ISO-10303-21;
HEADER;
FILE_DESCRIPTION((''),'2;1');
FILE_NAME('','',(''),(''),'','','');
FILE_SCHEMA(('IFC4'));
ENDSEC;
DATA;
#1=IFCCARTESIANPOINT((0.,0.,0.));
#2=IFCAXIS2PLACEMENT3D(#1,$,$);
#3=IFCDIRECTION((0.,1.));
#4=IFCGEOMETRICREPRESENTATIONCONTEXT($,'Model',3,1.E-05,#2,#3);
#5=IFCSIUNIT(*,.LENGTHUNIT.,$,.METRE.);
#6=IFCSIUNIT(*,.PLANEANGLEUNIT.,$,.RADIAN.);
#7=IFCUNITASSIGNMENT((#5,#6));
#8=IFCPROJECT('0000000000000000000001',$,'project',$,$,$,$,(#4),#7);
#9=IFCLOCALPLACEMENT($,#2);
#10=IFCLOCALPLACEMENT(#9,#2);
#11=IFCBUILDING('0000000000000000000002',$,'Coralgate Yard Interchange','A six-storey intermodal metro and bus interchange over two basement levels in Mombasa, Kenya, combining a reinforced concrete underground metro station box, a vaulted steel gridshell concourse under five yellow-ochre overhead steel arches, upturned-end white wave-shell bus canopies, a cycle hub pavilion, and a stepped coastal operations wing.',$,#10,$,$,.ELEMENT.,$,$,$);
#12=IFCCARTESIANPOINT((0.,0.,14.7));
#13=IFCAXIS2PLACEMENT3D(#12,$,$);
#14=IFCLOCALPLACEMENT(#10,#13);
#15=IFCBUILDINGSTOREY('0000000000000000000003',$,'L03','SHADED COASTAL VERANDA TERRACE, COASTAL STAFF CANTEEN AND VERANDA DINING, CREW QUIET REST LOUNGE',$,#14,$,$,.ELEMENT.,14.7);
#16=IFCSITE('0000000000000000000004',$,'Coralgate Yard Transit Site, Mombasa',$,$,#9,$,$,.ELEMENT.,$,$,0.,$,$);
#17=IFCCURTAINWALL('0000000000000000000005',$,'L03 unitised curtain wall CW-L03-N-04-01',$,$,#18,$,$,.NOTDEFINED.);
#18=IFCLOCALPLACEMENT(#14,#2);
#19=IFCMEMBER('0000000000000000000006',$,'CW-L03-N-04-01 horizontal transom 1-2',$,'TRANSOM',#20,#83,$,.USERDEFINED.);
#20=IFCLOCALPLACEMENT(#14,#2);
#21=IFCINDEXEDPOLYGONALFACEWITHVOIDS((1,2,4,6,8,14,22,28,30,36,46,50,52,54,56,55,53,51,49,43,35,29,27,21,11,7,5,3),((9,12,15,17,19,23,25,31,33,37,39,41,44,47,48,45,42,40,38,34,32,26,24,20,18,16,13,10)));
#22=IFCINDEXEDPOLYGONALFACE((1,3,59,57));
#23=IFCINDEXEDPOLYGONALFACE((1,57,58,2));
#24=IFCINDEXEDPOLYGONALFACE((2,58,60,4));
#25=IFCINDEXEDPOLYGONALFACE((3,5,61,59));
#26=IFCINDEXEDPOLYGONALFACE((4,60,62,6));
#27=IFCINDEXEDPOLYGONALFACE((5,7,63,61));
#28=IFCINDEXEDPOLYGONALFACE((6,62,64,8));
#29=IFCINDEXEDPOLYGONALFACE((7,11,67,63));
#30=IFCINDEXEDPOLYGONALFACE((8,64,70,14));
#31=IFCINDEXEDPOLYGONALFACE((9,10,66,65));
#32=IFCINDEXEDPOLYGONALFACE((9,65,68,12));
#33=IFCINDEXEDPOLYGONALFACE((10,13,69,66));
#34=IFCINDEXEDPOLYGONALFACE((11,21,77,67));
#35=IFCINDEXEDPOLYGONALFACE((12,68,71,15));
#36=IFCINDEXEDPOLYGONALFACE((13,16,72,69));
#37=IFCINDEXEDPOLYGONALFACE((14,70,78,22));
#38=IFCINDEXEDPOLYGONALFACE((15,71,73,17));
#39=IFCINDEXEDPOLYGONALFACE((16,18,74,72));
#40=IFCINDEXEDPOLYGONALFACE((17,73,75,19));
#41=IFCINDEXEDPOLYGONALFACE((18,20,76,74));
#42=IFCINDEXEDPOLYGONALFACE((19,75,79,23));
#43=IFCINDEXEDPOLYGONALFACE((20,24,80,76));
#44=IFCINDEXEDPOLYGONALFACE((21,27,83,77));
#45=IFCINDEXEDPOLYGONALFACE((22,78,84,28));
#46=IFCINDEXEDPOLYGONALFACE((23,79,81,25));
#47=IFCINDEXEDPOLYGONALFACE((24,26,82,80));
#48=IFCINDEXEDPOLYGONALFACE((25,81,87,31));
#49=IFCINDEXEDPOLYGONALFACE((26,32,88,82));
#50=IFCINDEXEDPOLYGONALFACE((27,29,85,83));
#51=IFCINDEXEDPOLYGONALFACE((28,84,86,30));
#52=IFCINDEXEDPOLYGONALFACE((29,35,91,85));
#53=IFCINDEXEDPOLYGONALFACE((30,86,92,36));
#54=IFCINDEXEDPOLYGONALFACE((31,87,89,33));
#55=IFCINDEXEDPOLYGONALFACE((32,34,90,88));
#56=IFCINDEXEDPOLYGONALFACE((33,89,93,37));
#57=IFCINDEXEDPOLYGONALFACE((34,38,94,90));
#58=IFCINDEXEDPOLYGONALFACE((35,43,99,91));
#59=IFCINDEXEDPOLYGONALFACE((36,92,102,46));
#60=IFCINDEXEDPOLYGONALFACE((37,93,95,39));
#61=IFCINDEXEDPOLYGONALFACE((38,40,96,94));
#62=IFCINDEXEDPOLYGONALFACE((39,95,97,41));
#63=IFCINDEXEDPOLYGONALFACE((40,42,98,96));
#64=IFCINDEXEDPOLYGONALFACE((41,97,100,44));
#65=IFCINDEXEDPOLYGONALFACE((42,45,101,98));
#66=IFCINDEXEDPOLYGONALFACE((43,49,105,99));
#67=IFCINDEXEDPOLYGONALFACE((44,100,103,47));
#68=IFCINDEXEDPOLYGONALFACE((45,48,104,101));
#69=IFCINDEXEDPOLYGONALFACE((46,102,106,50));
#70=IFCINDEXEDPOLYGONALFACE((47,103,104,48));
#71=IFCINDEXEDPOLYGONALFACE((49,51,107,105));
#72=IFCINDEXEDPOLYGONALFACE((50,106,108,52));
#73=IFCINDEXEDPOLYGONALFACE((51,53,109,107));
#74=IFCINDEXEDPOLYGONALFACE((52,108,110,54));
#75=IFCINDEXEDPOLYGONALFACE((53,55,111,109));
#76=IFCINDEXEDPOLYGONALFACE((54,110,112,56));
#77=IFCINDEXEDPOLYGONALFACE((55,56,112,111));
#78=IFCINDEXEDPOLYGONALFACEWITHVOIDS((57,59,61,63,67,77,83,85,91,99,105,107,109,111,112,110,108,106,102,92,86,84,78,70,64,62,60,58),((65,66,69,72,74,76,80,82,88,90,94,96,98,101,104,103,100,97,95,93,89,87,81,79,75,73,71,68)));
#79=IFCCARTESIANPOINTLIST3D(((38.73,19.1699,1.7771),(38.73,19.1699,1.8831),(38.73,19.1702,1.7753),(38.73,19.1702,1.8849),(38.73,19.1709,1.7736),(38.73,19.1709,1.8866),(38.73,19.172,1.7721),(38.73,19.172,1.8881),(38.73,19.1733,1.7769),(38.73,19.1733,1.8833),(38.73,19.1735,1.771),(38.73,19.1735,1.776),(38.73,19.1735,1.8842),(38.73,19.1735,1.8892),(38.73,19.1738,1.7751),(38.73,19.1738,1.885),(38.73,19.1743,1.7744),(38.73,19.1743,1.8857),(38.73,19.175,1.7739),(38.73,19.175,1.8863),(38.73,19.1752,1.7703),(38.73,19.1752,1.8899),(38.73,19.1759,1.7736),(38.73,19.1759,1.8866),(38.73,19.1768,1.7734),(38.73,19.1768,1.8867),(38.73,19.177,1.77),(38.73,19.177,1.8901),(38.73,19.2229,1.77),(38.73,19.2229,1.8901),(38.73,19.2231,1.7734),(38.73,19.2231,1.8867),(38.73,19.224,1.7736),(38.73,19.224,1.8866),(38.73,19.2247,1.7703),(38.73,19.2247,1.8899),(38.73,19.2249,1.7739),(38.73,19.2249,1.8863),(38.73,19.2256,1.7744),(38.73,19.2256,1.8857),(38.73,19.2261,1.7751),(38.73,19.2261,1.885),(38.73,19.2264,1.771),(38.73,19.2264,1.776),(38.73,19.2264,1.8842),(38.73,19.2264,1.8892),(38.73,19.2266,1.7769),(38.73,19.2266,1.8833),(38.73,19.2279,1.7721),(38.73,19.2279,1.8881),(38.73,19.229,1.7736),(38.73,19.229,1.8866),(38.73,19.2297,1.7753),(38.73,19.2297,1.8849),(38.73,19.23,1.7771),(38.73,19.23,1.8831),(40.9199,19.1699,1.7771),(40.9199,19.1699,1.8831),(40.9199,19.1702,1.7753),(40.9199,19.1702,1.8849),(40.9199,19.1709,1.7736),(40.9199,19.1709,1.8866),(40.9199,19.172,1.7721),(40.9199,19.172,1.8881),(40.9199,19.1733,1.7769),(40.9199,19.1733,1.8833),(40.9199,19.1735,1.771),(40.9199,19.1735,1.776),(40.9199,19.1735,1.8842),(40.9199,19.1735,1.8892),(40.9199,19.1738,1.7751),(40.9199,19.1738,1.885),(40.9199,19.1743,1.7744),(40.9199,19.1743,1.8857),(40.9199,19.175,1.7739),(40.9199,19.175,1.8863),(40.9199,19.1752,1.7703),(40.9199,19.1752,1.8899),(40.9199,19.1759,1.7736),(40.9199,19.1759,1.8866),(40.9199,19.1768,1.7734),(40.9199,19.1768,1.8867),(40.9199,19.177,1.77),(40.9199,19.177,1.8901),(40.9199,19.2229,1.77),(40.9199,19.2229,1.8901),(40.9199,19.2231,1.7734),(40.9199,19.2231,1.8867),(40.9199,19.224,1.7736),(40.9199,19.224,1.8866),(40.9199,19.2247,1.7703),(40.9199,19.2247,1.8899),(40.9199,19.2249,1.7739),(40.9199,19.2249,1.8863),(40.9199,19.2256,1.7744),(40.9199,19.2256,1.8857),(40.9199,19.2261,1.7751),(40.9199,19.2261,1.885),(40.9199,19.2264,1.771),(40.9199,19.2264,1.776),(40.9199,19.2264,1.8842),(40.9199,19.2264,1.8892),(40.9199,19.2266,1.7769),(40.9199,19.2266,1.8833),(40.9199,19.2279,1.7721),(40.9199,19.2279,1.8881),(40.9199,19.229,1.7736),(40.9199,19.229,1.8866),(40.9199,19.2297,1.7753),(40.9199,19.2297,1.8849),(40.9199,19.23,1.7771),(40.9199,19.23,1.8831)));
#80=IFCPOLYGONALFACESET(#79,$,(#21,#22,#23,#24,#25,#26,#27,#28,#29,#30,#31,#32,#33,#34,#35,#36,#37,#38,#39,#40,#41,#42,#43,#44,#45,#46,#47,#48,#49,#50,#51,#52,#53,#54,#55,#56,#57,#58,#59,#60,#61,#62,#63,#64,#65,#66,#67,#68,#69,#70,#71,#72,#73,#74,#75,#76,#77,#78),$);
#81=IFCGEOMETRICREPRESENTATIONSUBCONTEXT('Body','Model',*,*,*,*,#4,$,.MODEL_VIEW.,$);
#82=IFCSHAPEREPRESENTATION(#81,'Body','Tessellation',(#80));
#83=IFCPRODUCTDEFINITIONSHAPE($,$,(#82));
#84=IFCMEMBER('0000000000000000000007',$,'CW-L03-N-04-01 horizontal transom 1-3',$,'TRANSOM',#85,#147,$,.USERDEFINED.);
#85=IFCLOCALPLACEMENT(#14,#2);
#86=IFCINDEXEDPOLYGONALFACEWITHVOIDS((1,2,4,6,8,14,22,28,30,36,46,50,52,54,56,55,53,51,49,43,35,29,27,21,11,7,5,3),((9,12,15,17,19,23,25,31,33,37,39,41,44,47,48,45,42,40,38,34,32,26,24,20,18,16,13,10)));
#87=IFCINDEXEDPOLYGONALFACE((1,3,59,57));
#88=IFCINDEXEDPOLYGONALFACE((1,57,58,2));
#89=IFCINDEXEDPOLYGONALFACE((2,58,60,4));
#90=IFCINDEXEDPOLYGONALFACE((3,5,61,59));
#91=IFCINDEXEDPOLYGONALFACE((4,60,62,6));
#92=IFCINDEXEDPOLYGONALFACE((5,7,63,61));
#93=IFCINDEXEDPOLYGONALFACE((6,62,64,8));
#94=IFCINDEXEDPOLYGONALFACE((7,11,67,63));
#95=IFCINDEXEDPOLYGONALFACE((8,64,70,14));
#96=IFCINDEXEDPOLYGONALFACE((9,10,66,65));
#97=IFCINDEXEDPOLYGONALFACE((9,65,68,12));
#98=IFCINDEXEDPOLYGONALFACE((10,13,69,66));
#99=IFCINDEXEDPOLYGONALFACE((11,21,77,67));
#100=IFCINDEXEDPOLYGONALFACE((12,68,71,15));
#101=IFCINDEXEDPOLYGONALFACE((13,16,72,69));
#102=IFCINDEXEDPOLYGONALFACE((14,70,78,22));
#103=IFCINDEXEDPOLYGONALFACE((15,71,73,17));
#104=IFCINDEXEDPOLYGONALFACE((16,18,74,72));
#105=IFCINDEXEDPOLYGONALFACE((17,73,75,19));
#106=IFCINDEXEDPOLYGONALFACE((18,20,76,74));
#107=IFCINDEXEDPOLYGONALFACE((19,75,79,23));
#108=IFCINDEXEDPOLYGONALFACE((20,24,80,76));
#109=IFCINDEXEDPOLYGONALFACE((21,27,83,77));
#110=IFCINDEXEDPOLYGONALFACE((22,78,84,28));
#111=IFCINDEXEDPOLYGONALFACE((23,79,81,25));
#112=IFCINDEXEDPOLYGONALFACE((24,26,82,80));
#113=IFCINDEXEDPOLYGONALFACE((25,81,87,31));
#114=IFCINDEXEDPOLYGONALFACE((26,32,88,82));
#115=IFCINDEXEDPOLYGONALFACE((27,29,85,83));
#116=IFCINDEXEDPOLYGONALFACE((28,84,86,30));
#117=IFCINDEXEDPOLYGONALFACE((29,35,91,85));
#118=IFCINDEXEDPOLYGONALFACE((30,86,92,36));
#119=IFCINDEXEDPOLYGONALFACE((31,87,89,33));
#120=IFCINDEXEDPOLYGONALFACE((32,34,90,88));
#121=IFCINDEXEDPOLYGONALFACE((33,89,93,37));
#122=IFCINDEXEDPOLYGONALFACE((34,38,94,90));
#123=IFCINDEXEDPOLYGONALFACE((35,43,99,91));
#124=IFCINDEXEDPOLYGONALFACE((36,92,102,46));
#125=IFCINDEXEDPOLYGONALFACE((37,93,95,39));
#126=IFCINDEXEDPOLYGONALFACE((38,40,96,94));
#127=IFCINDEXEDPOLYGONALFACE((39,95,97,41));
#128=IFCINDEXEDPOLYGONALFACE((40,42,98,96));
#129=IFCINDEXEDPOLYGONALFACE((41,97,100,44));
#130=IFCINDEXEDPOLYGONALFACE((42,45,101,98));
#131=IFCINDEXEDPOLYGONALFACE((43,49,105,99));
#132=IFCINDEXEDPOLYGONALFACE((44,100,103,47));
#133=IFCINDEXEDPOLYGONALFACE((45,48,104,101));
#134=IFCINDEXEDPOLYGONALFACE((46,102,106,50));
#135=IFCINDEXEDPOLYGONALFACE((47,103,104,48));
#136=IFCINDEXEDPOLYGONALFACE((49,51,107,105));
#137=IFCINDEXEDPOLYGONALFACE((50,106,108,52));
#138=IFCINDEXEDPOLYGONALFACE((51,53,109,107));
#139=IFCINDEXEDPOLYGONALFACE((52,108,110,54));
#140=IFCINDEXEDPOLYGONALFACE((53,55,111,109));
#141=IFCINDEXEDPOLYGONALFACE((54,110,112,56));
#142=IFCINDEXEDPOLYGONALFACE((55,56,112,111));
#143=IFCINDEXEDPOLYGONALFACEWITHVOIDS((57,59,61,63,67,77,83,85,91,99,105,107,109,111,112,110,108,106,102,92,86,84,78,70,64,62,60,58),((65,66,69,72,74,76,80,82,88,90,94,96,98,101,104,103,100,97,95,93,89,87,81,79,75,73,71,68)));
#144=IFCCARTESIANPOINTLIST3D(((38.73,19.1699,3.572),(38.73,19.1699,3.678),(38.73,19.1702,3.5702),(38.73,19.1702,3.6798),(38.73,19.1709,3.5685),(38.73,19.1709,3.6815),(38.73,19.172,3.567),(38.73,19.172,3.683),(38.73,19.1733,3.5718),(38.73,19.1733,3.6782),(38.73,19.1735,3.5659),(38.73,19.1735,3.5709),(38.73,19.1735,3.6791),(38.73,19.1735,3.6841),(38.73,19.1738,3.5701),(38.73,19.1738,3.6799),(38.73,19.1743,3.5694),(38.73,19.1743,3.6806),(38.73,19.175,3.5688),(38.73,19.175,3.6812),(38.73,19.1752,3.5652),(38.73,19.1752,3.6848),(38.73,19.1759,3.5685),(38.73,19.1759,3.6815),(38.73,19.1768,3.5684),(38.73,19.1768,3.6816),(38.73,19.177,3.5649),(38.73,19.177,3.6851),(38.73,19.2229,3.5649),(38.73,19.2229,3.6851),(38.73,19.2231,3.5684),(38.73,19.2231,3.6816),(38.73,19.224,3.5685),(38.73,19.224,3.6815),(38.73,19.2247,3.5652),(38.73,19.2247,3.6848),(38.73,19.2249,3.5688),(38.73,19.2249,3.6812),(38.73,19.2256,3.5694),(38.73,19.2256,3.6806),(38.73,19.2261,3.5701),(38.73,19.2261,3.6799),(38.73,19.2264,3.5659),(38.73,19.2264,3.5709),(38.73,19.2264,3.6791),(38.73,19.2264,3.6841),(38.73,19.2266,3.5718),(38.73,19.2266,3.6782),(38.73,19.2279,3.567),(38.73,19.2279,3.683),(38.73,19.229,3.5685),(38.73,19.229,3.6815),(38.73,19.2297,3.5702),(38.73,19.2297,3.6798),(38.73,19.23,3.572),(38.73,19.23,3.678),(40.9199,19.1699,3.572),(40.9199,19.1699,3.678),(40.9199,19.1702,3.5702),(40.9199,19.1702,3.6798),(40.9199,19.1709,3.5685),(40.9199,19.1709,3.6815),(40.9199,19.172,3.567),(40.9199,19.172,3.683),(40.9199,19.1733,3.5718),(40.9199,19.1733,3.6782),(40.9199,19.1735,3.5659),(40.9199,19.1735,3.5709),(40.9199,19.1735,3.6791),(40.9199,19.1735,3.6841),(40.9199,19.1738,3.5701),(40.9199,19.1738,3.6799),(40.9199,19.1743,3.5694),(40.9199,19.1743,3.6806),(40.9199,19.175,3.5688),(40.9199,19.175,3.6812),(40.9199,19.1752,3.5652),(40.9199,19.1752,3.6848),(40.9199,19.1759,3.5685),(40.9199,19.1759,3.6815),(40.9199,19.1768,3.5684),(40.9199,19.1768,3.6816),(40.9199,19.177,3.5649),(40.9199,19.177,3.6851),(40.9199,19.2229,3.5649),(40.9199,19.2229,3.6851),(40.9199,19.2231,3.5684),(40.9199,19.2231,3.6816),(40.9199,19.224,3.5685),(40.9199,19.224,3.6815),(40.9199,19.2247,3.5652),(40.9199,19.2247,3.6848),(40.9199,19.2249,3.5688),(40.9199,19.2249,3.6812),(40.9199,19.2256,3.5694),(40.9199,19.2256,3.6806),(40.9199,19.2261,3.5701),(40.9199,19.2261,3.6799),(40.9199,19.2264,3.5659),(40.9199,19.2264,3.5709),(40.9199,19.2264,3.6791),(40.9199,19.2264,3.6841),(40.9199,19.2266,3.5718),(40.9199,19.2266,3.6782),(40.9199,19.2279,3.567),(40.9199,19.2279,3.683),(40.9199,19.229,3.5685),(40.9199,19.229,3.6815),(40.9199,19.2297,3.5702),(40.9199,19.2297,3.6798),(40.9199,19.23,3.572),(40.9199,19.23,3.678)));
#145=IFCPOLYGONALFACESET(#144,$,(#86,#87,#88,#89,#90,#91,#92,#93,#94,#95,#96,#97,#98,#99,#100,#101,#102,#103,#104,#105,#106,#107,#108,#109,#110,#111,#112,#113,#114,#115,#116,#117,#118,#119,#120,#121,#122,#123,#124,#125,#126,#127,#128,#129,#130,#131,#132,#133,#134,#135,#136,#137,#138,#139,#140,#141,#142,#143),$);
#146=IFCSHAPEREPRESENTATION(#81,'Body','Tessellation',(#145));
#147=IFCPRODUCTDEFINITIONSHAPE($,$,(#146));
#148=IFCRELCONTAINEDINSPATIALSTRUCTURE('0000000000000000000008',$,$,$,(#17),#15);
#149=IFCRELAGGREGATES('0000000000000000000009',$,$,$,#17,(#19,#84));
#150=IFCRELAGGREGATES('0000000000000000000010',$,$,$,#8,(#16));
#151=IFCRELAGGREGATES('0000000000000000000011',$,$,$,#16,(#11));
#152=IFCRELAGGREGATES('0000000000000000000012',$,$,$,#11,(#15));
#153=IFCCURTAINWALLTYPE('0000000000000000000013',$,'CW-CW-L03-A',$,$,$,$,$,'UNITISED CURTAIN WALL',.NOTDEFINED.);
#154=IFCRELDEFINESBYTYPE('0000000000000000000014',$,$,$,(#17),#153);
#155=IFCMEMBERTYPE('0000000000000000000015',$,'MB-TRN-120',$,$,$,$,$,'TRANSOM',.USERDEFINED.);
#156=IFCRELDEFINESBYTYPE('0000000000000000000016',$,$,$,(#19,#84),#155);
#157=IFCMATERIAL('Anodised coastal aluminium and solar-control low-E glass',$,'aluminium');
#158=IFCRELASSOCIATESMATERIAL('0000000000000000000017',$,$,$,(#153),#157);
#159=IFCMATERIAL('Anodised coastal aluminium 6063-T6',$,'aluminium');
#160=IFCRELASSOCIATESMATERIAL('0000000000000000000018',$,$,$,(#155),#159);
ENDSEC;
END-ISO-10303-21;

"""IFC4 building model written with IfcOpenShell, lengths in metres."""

from ifc_helpers import new_model, si_unit, direction, frame, origin, origin_2d, place, context, subcontext, project, spatial, hollow_rectangle, extrude, material, material_profile, profile_set, type_object, element, aggregate, save


model = new_model("IFC4")

# Units and contexts
model_context = context("Model", 3, precision=1e-05, world=origin(), true_north=direction((0.0, 1.0)))
body_context = subcontext(model_context, "Body", "Model", "MODEL_VIEW")
ifc_project = project(units=[si_unit("LENGTHUNIT", "METRE"), si_unit("PLANEANGLEUNIT", "RADIAN")], contexts=[model_context])

# Site, building, storey
site_placement = place(None, origin())
site = spatial("IfcSite", under=ifc_project, at=site_placement, Name="Coralgate Yard Transit Site, Mombasa", CompositionType="ELEMENT", RefElevation=0.0)
building_placement = place(site_placement, origin())
building = spatial("IfcBuilding", under=site, at=building_placement, Name="Coralgate Yard Interchange", Description="A six-storey intermodal metro and bus interchange over two basement levels in Mombasa, Kenya, combining a reinforced concrete underground metro station box, a vaulted steel gridshell concourse under five yellow-ochre overhead steel arches, upturned-end white wave-shell bus canopies, a cycle hub pavilion, and a stepped coastal operations wing.", CompositionType="ELEMENT")
storey_placement = place(building_placement, frame((0.0, 0.0, 14.7)))
storey = spatial("IfcBuildingStorey", under=building, at=storey_placement, Name="L03", Description="SHADED COASTAL VERANDA TERRACE, COASTAL STAFF CANTEEN AND VERANDA DINING, CREW QUIET REST LOUNGE", CompositionType="ELEMENT", Elevation=14.7)

# Curtain wall, members
ifc_material_1 = material(Name="Anodised coastal aluminium and solar-control low-E glass", Category="aluminium")
curtain_wall_type = type_object("IfcCurtainWallType", Name="CW-CW-L03-A", ElementType="UNITISED CURTAIN WALL", PredefinedType="NOTDEFINED", material=ifc_material_1)
curtain_wall_placement = place(storey_placement, origin())
curtain_wall = element("IfcCurtainWall", 1, at=curtain_wall_placement, inside=storey, type_object=curtain_wall_type, Name="L03 unitised curtain wall CW-L03-N-04-01", PredefinedType="NOTDEFINED")
ifc_material_2 = material(Name="Anodised coastal aluminium 6063-T6", Category="aluminium")
ifc_material_profile_1 = material_profile(ifc_material_2, hollow_rectangle(XDim=0.0601, YDim=0.1201, WallThickness=0.0034, InnerFilletRadius=0.0034, OuterFilletRadius=0.0071, at=origin_2d()), Name="ALU 60x120x3.5")
ifc_profile_set_1 = profile_set([ifc_material_profile_1], Name="Anodised coastal aluminium 6063-T6")
member_type_1 = type_object("IfcMemberType", Name="MB-TRN-120", ElementType="TRANSOM", PredefinedType="USERDEFINED", material=ifc_profile_set_1)
member_1_placement = place(storey_placement, frame((38.73, 19.2, 1.8301), z_axis=(1.0, 0.0, 0.0), x_axis=(0.0, 1.0, 0.0)))
member_1 = element("IfcMember", 2, at=member_1_placement, type_object=member_type_1, Name="CW-L03-N-04-01 horizontal transom 1-2", ObjectType="TRANSOM", PredefinedType="USERDEFINED", context=body_context, shape_type="SweptSolid", body=[
    extrude(hollow_rectangle(XDim=0.0601, YDim=0.1201, WallThickness=0.0034, InnerFilletRadius=0.0034, OuterFilletRadius=0.0071, at=origin_2d()), origin(), (0.0, 0.0, 1.0), 2.1899),
])
member_2_placement = place(storey_placement, frame((38.73, 19.2, 3.625), z_axis=(1.0, 0.0, 0.0), x_axis=(0.0, 1.0, 0.0)))
member_2 = element("IfcMember", 3, at=member_2_placement, type_object=member_type_1, Name="CW-L03-N-04-01 horizontal transom 1-3", ObjectType="TRANSOM", PredefinedType="USERDEFINED", context=body_context, shape_type="SweptSolid", body=[
    extrude(hollow_rectangle(XDim=0.0601, YDim=0.1201, WallThickness=0.0034, InnerFilletRadius=0.0034, OuterFilletRadius=0.0071, at=origin_2d()), origin(), (0.0, 0.0, 1.0), 2.1899),
])
aggregate(curtain_wall, [member_1, member_2])

save(model, "model.ifc")
